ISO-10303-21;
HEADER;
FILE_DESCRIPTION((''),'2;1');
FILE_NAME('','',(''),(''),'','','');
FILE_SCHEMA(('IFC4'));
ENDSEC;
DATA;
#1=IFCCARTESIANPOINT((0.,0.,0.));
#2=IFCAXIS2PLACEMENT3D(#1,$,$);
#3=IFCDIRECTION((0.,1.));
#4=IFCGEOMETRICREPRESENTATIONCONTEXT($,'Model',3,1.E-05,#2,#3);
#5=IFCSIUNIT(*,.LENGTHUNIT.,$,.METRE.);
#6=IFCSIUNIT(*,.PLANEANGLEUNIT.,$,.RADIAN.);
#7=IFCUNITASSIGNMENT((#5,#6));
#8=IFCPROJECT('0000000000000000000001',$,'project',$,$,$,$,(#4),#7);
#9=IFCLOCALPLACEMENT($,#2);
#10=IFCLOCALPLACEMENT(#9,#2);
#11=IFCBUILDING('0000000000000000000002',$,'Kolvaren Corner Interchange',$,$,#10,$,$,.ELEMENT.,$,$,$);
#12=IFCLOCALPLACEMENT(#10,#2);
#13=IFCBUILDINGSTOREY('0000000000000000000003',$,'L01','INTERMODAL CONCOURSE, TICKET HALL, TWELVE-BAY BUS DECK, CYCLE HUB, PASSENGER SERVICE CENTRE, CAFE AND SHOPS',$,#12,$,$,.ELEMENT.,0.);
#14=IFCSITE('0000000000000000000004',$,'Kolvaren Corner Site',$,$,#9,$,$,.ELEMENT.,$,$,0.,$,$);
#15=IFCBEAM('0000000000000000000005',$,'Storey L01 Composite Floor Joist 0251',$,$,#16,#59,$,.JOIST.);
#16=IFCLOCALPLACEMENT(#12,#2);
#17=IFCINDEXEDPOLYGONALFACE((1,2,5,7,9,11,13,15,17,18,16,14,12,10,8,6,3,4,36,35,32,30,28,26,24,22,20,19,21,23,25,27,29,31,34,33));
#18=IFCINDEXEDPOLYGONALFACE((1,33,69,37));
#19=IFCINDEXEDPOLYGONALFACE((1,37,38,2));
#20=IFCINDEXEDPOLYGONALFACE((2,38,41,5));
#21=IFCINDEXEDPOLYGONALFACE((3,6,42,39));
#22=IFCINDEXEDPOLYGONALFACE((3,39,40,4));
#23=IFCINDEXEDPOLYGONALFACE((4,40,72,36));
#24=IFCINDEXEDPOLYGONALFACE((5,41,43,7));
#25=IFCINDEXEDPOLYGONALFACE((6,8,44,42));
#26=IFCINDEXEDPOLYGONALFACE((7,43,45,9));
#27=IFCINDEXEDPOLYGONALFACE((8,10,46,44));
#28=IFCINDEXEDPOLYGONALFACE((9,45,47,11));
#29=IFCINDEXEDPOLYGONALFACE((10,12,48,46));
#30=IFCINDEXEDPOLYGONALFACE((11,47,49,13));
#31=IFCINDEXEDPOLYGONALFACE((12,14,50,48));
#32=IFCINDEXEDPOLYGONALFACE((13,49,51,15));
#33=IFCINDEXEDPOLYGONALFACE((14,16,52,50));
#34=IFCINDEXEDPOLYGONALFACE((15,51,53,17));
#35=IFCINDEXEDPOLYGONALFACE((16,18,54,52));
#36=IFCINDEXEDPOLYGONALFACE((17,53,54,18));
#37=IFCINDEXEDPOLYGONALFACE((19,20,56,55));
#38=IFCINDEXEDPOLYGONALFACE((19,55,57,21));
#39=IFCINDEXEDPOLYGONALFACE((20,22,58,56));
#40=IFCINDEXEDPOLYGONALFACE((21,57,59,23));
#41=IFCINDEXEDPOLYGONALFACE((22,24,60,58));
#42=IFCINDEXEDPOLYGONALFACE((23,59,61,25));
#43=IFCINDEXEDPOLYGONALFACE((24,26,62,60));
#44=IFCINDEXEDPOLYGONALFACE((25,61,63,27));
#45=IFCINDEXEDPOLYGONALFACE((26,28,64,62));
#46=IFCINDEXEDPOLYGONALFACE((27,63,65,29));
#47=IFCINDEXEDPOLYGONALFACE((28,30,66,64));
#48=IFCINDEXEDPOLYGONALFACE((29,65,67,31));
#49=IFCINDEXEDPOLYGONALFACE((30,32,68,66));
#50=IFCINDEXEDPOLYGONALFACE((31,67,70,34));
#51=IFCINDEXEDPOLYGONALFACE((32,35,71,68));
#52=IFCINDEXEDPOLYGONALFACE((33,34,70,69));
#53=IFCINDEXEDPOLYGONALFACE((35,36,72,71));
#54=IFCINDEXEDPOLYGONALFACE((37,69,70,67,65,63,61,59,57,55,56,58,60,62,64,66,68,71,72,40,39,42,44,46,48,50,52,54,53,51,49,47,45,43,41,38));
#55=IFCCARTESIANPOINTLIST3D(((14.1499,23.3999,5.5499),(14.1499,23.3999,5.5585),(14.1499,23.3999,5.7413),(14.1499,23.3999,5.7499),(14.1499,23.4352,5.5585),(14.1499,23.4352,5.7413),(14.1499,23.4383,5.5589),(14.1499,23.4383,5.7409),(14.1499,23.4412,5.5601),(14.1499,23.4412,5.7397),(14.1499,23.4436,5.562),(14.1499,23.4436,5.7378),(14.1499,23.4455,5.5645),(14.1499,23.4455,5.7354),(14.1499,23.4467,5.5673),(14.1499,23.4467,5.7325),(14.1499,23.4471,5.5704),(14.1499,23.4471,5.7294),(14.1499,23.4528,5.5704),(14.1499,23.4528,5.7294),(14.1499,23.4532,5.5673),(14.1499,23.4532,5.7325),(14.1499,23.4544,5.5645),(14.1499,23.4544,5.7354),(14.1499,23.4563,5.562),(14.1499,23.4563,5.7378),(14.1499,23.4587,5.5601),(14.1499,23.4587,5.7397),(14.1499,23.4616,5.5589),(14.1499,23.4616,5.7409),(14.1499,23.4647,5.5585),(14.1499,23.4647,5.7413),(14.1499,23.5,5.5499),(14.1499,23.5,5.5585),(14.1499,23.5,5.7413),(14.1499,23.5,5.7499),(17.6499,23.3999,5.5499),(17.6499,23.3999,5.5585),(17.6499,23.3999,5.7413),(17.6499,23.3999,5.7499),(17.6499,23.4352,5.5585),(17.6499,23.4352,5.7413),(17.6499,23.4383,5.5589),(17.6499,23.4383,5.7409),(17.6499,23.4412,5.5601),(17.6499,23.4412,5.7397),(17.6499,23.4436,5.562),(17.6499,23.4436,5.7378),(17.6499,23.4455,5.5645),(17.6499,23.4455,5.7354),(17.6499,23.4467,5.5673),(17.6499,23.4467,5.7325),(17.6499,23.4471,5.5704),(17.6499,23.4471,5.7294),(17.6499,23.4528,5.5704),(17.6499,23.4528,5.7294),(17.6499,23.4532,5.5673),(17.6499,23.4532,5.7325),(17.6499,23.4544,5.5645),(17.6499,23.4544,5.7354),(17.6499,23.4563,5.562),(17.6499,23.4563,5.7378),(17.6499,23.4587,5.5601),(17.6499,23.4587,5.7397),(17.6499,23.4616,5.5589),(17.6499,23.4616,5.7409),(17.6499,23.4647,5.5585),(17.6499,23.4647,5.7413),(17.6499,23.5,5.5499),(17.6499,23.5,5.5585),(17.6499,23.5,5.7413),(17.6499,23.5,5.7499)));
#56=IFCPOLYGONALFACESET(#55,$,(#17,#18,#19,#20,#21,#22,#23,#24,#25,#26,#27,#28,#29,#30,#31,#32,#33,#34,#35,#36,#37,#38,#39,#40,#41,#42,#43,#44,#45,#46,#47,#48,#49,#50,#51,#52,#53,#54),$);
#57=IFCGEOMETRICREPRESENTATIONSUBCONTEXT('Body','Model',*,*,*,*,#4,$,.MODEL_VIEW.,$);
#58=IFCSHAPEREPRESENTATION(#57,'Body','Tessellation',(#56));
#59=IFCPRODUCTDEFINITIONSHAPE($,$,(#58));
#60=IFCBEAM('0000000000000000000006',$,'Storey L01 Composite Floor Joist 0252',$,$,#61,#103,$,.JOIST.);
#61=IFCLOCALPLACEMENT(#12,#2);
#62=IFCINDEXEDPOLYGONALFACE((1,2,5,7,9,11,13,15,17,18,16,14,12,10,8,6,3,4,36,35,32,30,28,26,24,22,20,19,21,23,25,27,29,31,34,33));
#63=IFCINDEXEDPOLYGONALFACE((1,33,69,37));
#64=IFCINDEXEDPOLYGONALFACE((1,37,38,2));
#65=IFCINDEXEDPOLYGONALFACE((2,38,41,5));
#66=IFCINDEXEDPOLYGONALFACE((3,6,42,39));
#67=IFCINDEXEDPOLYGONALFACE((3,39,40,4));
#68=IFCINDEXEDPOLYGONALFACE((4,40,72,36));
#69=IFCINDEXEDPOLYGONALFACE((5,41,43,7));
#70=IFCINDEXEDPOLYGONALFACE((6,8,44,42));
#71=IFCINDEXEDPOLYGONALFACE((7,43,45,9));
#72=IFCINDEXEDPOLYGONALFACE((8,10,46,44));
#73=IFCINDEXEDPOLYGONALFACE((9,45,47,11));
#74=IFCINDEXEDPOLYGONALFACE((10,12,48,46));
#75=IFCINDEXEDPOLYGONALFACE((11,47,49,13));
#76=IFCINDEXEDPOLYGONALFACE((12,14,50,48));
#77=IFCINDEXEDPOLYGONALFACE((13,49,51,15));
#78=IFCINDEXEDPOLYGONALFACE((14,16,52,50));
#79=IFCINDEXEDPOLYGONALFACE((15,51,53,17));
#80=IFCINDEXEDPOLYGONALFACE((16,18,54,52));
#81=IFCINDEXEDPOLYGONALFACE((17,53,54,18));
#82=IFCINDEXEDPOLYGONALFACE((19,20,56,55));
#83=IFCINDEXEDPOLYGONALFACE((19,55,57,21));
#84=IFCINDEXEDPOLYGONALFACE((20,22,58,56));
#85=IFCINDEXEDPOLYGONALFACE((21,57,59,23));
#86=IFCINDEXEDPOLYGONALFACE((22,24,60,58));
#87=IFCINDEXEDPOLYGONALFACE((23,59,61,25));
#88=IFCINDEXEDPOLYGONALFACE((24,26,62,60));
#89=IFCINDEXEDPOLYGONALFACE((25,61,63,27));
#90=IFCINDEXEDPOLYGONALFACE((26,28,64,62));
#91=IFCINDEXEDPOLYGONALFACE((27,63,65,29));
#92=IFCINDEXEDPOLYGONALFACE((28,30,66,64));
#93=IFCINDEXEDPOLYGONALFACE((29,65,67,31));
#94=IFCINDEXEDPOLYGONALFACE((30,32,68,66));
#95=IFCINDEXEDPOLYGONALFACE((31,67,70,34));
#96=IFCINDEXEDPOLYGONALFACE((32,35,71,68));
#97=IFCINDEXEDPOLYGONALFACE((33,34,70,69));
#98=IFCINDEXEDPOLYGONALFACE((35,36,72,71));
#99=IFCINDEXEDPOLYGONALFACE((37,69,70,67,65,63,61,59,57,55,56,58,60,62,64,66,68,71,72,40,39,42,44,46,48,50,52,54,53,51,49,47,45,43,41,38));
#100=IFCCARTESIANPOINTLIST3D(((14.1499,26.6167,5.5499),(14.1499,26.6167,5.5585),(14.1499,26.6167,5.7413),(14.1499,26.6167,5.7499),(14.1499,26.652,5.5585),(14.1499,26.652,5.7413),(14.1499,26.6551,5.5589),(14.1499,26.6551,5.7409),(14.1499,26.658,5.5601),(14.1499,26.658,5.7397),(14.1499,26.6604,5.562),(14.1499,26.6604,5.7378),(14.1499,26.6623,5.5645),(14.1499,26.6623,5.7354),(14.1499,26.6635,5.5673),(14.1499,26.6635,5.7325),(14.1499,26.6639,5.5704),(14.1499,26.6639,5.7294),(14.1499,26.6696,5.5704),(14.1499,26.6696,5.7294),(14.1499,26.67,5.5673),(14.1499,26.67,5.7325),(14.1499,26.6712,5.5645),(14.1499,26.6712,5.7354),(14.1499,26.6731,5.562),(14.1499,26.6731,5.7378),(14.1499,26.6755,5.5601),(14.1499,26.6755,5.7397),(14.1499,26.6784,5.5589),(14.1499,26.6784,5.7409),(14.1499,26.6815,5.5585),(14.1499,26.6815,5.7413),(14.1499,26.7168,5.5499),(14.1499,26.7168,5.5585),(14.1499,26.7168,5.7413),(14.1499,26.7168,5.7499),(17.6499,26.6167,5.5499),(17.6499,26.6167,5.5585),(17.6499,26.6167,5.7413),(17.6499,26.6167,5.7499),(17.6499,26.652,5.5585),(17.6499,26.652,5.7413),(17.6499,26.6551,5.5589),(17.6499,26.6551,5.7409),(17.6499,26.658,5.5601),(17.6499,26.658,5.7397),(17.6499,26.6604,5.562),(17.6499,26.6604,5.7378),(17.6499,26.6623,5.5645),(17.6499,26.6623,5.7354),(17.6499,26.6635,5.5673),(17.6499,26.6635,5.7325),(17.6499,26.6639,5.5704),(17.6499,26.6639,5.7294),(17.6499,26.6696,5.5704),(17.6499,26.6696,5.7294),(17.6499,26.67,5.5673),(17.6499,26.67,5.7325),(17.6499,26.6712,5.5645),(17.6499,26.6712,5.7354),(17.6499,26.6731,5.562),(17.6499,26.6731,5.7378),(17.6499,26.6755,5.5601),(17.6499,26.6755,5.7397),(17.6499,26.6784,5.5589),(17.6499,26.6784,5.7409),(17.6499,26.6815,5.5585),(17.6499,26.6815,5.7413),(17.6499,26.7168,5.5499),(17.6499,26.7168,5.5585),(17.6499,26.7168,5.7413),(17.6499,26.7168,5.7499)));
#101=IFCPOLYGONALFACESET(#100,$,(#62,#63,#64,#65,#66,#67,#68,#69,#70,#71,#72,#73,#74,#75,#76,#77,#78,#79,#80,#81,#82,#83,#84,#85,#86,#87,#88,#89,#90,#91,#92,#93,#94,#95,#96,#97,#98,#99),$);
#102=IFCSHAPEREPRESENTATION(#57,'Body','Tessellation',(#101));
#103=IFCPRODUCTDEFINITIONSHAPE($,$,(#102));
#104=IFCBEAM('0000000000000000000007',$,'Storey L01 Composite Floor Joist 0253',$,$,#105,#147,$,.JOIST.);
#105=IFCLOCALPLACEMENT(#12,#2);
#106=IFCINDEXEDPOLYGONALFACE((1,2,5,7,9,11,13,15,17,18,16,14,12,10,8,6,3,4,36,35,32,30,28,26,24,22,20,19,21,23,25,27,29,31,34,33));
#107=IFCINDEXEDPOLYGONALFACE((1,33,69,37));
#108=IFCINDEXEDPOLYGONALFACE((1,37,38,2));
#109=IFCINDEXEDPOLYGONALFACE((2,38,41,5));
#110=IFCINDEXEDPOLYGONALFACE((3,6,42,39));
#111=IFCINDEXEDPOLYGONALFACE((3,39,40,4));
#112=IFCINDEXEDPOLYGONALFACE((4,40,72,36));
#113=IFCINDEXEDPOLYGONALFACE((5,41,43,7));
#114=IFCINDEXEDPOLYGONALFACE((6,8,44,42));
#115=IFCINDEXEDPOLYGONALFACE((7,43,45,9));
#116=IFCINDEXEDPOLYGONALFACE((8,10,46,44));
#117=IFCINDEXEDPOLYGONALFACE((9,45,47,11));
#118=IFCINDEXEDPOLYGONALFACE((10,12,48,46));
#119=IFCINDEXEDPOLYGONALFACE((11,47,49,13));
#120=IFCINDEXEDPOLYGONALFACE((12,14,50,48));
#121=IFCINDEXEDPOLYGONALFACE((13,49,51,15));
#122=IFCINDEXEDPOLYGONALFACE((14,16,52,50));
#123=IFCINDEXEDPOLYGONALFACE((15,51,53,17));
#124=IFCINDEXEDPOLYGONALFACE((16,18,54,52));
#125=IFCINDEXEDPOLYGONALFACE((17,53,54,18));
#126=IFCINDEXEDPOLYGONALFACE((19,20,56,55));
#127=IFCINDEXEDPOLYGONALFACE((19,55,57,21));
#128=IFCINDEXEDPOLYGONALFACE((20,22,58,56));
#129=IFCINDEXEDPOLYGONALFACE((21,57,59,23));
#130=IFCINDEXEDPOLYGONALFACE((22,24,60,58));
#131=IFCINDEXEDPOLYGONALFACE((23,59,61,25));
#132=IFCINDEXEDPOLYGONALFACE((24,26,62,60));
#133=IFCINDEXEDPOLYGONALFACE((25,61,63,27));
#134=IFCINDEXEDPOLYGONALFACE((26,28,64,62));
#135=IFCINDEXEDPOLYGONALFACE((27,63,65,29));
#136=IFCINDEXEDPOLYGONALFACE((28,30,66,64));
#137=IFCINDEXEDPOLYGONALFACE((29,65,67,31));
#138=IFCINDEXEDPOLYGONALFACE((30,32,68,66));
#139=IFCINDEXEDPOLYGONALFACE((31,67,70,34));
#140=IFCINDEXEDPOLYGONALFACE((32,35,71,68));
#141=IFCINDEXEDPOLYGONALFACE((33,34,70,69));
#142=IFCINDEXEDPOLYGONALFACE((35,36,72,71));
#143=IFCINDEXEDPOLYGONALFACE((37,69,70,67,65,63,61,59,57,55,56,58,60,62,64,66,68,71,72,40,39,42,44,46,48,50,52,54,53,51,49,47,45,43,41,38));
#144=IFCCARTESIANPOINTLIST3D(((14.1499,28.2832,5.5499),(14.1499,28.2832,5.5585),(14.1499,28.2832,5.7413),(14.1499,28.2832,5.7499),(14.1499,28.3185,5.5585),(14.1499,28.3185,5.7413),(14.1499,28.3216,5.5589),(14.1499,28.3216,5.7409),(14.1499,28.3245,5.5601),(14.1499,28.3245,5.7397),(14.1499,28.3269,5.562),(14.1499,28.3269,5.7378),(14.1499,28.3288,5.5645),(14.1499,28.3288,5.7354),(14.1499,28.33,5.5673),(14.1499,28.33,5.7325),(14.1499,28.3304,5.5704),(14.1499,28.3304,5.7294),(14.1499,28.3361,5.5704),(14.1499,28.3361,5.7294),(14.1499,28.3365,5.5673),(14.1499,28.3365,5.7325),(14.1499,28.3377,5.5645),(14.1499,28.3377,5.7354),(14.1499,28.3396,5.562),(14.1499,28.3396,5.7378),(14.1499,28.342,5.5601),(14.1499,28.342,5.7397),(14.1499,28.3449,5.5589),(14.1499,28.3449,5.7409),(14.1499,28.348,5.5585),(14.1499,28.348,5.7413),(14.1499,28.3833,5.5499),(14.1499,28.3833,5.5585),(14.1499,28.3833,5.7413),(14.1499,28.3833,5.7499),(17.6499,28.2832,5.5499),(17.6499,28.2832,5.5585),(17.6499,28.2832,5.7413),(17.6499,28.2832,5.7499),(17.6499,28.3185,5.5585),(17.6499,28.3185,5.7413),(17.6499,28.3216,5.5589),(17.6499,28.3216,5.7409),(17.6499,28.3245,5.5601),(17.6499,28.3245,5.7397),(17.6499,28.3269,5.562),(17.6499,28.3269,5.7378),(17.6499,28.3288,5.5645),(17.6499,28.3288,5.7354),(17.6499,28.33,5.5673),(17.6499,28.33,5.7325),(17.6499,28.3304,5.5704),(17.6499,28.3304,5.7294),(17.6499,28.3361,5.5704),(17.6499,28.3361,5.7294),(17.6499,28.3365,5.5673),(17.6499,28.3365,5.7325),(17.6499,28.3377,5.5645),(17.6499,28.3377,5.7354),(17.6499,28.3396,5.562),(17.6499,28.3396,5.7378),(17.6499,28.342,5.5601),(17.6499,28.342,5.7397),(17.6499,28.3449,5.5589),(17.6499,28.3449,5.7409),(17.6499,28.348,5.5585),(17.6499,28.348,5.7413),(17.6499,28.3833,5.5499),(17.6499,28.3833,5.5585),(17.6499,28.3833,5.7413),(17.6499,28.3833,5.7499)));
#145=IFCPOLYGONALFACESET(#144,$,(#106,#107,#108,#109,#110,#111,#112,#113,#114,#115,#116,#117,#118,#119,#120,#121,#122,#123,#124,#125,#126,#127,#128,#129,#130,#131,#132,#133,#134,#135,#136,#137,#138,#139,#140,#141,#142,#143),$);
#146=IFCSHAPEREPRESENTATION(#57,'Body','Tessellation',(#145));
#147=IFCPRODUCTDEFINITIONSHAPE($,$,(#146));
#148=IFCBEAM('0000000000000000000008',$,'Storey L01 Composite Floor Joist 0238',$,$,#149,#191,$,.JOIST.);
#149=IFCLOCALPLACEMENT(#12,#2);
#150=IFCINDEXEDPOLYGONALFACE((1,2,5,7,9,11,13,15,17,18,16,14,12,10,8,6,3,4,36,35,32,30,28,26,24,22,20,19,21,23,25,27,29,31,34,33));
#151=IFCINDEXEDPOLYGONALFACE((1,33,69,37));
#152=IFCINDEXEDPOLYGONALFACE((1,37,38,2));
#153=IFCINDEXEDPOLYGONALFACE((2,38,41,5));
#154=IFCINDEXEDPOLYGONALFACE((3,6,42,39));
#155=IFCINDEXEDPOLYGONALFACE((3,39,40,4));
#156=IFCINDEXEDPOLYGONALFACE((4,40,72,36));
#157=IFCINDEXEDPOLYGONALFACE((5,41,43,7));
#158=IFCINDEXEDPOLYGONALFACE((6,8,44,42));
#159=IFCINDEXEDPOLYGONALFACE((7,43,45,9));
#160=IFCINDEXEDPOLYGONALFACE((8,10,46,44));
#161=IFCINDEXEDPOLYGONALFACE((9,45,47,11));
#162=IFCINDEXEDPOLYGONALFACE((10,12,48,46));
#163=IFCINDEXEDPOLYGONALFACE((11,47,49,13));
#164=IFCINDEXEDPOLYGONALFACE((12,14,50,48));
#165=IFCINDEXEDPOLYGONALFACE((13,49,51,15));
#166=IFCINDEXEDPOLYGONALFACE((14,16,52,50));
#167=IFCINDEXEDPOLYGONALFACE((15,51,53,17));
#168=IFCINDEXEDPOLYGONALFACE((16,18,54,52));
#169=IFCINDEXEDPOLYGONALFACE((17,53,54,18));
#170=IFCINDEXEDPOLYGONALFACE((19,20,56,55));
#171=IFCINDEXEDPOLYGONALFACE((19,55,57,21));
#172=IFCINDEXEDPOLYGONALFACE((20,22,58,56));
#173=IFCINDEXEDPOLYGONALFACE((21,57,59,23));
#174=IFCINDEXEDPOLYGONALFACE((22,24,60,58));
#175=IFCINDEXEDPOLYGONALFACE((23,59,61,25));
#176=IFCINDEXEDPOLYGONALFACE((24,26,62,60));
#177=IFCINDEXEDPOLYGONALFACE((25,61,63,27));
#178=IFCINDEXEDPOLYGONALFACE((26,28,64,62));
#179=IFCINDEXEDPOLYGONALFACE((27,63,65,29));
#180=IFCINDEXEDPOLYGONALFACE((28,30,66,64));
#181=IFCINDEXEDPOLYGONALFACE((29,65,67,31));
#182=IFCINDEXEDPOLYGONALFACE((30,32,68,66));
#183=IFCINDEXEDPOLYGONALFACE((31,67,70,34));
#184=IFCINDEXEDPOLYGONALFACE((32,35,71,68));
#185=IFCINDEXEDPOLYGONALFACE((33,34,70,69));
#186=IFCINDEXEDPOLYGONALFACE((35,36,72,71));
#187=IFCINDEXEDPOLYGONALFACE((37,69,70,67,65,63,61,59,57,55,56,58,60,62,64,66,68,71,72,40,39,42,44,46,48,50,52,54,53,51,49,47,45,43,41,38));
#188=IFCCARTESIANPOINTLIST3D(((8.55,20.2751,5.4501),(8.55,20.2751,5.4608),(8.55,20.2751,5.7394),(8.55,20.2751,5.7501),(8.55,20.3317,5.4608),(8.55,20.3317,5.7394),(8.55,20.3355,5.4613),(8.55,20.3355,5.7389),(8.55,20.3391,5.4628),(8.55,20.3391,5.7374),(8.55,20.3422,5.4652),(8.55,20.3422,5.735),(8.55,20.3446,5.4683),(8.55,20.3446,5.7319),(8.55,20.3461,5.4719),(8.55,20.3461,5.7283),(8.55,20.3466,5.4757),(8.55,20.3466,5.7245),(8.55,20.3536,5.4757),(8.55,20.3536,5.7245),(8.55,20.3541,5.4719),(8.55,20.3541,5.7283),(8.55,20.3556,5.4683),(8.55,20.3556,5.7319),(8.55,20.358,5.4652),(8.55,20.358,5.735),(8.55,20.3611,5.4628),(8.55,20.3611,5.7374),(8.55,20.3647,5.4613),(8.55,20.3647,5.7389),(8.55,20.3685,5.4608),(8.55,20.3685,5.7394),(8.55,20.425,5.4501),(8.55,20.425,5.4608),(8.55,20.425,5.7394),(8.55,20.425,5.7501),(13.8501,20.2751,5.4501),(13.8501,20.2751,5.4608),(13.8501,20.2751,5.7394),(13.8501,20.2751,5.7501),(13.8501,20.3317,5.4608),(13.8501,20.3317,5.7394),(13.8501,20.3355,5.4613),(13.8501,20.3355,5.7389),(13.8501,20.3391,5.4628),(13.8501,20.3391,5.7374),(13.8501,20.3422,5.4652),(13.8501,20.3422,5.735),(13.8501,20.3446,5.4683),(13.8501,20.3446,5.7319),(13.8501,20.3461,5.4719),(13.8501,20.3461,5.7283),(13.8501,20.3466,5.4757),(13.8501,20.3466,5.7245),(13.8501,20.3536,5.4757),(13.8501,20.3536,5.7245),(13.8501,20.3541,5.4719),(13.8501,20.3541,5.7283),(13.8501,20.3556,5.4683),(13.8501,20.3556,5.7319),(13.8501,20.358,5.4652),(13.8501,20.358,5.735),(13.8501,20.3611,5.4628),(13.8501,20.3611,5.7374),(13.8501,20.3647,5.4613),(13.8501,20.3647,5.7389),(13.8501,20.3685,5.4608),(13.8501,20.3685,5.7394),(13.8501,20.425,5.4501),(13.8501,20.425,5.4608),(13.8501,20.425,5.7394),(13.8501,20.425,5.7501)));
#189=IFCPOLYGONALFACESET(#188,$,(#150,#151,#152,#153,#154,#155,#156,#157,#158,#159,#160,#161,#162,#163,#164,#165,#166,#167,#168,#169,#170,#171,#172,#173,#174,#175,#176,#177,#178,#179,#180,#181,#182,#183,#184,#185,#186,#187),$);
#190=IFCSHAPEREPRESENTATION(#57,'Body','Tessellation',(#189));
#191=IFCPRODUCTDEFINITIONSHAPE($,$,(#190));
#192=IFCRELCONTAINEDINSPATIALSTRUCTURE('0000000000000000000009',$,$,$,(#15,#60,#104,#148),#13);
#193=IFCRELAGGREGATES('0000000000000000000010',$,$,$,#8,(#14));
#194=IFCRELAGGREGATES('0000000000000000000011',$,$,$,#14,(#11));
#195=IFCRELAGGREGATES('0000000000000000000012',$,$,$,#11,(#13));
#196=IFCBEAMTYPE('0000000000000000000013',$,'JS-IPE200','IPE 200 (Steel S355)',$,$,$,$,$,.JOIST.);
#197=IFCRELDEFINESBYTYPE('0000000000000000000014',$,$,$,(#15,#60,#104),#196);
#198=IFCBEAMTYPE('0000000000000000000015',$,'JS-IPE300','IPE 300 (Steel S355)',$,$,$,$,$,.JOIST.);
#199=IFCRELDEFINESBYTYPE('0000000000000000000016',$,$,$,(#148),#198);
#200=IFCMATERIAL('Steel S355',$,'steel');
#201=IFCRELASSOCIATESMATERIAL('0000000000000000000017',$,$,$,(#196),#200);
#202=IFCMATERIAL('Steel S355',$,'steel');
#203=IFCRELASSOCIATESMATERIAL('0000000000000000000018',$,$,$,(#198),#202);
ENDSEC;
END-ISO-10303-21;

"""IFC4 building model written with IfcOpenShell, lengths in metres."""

from ifc_helpers import new_model, si_unit, direction, frame, origin, origin_2d, place, context, subcontext, project, spatial, i_section, extrude, material, material_profile, profile_set, type_object, element, save


model = new_model("IFC4")

# Units and contexts
model_context = context("Model", 3, precision=1e-05, world=origin(), true_north=direction((0.0, 1.0)))
body_context = subcontext(model_context, "Body", "Model", "MODEL_VIEW")
ifc_project = project(units=[si_unit("LENGTHUNIT", "METRE"), si_unit("PLANEANGLEUNIT", "RADIAN")], contexts=[model_context])

# Site, building, storey
site_placement = place(None, origin())
site = spatial("IfcSite", under=ifc_project, at=site_placement, Name="Kolvaren Corner Site", CompositionType="ELEMENT", RefElevation=0.0)
building_placement = place(site_placement, origin())
building = spatial("IfcBuilding", under=site, at=building_placement, Name="Kolvaren Corner Interchange", CompositionType="ELEMENT")
storey_placement = place(building_placement, origin())
storey = spatial("IfcBuildingStorey", under=building, at=storey_placement, Name="L01", Description="INTERMODAL CONCOURSE, TICKET HALL, TWELVE-BAY BUS DECK, CYCLE HUB, PASSENGER SERVICE CENTRE, CAFE AND SHOPS", CompositionType="ELEMENT", Elevation=0.0)

# Beams
ifc_material_1 = material(Name="Steel S355", Category="steel")
ifc_material_profile_1 = material_profile(ifc_material_1, i_section(OverallWidth=0.1001, OverallDepth=0.2, WebThickness=0.0056, FlangeThickness=0.0085, FilletRadius=0.012, at=origin_2d()), Name="IPE 200")
ifc_profile_set_1 = profile_set([ifc_material_profile_1], Name="Steel S355")
beam_type_1 = type_object("IfcBeamType", Name="JS-IPE200", Description="IPE 200 (Steel S355)", PredefinedType="JOIST", material=ifc_profile_set_1)
for number, where, z_axis, x_axis, name in (
    (1, (14.1499, 23.45, 5.6499), (1.0, 0.0, 0.0), (0.0, 1.0, 0.0), "Storey L01 Composite Floor Joist 0251"),
    (2, (14.1499, 26.6667, 5.6499), (1.0, 0.0, 0.0), (0.0, 1.0, 0.0), "Storey L01 Composite Floor Joist 0252"),
    (3, (14.1499, 28.3333, 5.6499), (1.0, 0.0, 0.0), (0.0, 1.0, 0.0), "Storey L01 Composite Floor Joist 0253"),
):
    element("IfcBeam", number, at=place(storey_placement, frame(where, z_axis=z_axis, x_axis=x_axis)), inside=storey, type_object=beam_type_1, Name=name, PredefinedType="JOIST", context=body_context, shape_type="SweptSolid", body=[
        extrude(i_section(OverallWidth=0.1001, OverallDepth=0.2, WebThickness=0.0056, FlangeThickness=0.0085, FilletRadius=0.012, at=origin_2d()), origin(), (0.0, 0.0, 1.0), 3.5),
    ])
ifc_material_2 = material(Name="Steel S355", Category="steel")
ifc_material_profile_2 = material_profile(ifc_material_2, i_section(OverallWidth=0.1499, OverallDepth=0.3, WebThickness=0.0071, FlangeThickness=0.0107, FilletRadius=0.0149, at=origin_2d()), Name="IPE 300")
ifc_profile_set_2 = profile_set([ifc_material_profile_2], Name="Steel S355")
beam_type_2 = type_object("IfcBeamType", Name="JS-IPE300", Description="IPE 300 (Steel S355)", PredefinedType="JOIST", material=ifc_profile_set_2)
for number, where, z_axis, x_axis, name in (
    (4, (8.55, 20.3501, 5.6001), (1.0, 0.0, 0.0), (0.0, 1.0, 0.0), "Storey L01 Composite Floor Joist 0238"),
):
    element("IfcBeam", number, at=place(storey_placement, frame(where, z_axis=z_axis, x_axis=x_axis)), inside=storey, type_object=beam_type_2, Name=name, PredefinedType="JOIST", context=body_context, shape_type="SweptSolid", body=[
        extrude(i_section(OverallWidth=0.1499, OverallDepth=0.3, WebThickness=0.0071, FlangeThickness=0.0107, FilletRadius=0.0149, at=origin_2d()), origin(), (0.0, 0.0, 1.0), 5.3),
    ])

save(model, "model.ifc")
